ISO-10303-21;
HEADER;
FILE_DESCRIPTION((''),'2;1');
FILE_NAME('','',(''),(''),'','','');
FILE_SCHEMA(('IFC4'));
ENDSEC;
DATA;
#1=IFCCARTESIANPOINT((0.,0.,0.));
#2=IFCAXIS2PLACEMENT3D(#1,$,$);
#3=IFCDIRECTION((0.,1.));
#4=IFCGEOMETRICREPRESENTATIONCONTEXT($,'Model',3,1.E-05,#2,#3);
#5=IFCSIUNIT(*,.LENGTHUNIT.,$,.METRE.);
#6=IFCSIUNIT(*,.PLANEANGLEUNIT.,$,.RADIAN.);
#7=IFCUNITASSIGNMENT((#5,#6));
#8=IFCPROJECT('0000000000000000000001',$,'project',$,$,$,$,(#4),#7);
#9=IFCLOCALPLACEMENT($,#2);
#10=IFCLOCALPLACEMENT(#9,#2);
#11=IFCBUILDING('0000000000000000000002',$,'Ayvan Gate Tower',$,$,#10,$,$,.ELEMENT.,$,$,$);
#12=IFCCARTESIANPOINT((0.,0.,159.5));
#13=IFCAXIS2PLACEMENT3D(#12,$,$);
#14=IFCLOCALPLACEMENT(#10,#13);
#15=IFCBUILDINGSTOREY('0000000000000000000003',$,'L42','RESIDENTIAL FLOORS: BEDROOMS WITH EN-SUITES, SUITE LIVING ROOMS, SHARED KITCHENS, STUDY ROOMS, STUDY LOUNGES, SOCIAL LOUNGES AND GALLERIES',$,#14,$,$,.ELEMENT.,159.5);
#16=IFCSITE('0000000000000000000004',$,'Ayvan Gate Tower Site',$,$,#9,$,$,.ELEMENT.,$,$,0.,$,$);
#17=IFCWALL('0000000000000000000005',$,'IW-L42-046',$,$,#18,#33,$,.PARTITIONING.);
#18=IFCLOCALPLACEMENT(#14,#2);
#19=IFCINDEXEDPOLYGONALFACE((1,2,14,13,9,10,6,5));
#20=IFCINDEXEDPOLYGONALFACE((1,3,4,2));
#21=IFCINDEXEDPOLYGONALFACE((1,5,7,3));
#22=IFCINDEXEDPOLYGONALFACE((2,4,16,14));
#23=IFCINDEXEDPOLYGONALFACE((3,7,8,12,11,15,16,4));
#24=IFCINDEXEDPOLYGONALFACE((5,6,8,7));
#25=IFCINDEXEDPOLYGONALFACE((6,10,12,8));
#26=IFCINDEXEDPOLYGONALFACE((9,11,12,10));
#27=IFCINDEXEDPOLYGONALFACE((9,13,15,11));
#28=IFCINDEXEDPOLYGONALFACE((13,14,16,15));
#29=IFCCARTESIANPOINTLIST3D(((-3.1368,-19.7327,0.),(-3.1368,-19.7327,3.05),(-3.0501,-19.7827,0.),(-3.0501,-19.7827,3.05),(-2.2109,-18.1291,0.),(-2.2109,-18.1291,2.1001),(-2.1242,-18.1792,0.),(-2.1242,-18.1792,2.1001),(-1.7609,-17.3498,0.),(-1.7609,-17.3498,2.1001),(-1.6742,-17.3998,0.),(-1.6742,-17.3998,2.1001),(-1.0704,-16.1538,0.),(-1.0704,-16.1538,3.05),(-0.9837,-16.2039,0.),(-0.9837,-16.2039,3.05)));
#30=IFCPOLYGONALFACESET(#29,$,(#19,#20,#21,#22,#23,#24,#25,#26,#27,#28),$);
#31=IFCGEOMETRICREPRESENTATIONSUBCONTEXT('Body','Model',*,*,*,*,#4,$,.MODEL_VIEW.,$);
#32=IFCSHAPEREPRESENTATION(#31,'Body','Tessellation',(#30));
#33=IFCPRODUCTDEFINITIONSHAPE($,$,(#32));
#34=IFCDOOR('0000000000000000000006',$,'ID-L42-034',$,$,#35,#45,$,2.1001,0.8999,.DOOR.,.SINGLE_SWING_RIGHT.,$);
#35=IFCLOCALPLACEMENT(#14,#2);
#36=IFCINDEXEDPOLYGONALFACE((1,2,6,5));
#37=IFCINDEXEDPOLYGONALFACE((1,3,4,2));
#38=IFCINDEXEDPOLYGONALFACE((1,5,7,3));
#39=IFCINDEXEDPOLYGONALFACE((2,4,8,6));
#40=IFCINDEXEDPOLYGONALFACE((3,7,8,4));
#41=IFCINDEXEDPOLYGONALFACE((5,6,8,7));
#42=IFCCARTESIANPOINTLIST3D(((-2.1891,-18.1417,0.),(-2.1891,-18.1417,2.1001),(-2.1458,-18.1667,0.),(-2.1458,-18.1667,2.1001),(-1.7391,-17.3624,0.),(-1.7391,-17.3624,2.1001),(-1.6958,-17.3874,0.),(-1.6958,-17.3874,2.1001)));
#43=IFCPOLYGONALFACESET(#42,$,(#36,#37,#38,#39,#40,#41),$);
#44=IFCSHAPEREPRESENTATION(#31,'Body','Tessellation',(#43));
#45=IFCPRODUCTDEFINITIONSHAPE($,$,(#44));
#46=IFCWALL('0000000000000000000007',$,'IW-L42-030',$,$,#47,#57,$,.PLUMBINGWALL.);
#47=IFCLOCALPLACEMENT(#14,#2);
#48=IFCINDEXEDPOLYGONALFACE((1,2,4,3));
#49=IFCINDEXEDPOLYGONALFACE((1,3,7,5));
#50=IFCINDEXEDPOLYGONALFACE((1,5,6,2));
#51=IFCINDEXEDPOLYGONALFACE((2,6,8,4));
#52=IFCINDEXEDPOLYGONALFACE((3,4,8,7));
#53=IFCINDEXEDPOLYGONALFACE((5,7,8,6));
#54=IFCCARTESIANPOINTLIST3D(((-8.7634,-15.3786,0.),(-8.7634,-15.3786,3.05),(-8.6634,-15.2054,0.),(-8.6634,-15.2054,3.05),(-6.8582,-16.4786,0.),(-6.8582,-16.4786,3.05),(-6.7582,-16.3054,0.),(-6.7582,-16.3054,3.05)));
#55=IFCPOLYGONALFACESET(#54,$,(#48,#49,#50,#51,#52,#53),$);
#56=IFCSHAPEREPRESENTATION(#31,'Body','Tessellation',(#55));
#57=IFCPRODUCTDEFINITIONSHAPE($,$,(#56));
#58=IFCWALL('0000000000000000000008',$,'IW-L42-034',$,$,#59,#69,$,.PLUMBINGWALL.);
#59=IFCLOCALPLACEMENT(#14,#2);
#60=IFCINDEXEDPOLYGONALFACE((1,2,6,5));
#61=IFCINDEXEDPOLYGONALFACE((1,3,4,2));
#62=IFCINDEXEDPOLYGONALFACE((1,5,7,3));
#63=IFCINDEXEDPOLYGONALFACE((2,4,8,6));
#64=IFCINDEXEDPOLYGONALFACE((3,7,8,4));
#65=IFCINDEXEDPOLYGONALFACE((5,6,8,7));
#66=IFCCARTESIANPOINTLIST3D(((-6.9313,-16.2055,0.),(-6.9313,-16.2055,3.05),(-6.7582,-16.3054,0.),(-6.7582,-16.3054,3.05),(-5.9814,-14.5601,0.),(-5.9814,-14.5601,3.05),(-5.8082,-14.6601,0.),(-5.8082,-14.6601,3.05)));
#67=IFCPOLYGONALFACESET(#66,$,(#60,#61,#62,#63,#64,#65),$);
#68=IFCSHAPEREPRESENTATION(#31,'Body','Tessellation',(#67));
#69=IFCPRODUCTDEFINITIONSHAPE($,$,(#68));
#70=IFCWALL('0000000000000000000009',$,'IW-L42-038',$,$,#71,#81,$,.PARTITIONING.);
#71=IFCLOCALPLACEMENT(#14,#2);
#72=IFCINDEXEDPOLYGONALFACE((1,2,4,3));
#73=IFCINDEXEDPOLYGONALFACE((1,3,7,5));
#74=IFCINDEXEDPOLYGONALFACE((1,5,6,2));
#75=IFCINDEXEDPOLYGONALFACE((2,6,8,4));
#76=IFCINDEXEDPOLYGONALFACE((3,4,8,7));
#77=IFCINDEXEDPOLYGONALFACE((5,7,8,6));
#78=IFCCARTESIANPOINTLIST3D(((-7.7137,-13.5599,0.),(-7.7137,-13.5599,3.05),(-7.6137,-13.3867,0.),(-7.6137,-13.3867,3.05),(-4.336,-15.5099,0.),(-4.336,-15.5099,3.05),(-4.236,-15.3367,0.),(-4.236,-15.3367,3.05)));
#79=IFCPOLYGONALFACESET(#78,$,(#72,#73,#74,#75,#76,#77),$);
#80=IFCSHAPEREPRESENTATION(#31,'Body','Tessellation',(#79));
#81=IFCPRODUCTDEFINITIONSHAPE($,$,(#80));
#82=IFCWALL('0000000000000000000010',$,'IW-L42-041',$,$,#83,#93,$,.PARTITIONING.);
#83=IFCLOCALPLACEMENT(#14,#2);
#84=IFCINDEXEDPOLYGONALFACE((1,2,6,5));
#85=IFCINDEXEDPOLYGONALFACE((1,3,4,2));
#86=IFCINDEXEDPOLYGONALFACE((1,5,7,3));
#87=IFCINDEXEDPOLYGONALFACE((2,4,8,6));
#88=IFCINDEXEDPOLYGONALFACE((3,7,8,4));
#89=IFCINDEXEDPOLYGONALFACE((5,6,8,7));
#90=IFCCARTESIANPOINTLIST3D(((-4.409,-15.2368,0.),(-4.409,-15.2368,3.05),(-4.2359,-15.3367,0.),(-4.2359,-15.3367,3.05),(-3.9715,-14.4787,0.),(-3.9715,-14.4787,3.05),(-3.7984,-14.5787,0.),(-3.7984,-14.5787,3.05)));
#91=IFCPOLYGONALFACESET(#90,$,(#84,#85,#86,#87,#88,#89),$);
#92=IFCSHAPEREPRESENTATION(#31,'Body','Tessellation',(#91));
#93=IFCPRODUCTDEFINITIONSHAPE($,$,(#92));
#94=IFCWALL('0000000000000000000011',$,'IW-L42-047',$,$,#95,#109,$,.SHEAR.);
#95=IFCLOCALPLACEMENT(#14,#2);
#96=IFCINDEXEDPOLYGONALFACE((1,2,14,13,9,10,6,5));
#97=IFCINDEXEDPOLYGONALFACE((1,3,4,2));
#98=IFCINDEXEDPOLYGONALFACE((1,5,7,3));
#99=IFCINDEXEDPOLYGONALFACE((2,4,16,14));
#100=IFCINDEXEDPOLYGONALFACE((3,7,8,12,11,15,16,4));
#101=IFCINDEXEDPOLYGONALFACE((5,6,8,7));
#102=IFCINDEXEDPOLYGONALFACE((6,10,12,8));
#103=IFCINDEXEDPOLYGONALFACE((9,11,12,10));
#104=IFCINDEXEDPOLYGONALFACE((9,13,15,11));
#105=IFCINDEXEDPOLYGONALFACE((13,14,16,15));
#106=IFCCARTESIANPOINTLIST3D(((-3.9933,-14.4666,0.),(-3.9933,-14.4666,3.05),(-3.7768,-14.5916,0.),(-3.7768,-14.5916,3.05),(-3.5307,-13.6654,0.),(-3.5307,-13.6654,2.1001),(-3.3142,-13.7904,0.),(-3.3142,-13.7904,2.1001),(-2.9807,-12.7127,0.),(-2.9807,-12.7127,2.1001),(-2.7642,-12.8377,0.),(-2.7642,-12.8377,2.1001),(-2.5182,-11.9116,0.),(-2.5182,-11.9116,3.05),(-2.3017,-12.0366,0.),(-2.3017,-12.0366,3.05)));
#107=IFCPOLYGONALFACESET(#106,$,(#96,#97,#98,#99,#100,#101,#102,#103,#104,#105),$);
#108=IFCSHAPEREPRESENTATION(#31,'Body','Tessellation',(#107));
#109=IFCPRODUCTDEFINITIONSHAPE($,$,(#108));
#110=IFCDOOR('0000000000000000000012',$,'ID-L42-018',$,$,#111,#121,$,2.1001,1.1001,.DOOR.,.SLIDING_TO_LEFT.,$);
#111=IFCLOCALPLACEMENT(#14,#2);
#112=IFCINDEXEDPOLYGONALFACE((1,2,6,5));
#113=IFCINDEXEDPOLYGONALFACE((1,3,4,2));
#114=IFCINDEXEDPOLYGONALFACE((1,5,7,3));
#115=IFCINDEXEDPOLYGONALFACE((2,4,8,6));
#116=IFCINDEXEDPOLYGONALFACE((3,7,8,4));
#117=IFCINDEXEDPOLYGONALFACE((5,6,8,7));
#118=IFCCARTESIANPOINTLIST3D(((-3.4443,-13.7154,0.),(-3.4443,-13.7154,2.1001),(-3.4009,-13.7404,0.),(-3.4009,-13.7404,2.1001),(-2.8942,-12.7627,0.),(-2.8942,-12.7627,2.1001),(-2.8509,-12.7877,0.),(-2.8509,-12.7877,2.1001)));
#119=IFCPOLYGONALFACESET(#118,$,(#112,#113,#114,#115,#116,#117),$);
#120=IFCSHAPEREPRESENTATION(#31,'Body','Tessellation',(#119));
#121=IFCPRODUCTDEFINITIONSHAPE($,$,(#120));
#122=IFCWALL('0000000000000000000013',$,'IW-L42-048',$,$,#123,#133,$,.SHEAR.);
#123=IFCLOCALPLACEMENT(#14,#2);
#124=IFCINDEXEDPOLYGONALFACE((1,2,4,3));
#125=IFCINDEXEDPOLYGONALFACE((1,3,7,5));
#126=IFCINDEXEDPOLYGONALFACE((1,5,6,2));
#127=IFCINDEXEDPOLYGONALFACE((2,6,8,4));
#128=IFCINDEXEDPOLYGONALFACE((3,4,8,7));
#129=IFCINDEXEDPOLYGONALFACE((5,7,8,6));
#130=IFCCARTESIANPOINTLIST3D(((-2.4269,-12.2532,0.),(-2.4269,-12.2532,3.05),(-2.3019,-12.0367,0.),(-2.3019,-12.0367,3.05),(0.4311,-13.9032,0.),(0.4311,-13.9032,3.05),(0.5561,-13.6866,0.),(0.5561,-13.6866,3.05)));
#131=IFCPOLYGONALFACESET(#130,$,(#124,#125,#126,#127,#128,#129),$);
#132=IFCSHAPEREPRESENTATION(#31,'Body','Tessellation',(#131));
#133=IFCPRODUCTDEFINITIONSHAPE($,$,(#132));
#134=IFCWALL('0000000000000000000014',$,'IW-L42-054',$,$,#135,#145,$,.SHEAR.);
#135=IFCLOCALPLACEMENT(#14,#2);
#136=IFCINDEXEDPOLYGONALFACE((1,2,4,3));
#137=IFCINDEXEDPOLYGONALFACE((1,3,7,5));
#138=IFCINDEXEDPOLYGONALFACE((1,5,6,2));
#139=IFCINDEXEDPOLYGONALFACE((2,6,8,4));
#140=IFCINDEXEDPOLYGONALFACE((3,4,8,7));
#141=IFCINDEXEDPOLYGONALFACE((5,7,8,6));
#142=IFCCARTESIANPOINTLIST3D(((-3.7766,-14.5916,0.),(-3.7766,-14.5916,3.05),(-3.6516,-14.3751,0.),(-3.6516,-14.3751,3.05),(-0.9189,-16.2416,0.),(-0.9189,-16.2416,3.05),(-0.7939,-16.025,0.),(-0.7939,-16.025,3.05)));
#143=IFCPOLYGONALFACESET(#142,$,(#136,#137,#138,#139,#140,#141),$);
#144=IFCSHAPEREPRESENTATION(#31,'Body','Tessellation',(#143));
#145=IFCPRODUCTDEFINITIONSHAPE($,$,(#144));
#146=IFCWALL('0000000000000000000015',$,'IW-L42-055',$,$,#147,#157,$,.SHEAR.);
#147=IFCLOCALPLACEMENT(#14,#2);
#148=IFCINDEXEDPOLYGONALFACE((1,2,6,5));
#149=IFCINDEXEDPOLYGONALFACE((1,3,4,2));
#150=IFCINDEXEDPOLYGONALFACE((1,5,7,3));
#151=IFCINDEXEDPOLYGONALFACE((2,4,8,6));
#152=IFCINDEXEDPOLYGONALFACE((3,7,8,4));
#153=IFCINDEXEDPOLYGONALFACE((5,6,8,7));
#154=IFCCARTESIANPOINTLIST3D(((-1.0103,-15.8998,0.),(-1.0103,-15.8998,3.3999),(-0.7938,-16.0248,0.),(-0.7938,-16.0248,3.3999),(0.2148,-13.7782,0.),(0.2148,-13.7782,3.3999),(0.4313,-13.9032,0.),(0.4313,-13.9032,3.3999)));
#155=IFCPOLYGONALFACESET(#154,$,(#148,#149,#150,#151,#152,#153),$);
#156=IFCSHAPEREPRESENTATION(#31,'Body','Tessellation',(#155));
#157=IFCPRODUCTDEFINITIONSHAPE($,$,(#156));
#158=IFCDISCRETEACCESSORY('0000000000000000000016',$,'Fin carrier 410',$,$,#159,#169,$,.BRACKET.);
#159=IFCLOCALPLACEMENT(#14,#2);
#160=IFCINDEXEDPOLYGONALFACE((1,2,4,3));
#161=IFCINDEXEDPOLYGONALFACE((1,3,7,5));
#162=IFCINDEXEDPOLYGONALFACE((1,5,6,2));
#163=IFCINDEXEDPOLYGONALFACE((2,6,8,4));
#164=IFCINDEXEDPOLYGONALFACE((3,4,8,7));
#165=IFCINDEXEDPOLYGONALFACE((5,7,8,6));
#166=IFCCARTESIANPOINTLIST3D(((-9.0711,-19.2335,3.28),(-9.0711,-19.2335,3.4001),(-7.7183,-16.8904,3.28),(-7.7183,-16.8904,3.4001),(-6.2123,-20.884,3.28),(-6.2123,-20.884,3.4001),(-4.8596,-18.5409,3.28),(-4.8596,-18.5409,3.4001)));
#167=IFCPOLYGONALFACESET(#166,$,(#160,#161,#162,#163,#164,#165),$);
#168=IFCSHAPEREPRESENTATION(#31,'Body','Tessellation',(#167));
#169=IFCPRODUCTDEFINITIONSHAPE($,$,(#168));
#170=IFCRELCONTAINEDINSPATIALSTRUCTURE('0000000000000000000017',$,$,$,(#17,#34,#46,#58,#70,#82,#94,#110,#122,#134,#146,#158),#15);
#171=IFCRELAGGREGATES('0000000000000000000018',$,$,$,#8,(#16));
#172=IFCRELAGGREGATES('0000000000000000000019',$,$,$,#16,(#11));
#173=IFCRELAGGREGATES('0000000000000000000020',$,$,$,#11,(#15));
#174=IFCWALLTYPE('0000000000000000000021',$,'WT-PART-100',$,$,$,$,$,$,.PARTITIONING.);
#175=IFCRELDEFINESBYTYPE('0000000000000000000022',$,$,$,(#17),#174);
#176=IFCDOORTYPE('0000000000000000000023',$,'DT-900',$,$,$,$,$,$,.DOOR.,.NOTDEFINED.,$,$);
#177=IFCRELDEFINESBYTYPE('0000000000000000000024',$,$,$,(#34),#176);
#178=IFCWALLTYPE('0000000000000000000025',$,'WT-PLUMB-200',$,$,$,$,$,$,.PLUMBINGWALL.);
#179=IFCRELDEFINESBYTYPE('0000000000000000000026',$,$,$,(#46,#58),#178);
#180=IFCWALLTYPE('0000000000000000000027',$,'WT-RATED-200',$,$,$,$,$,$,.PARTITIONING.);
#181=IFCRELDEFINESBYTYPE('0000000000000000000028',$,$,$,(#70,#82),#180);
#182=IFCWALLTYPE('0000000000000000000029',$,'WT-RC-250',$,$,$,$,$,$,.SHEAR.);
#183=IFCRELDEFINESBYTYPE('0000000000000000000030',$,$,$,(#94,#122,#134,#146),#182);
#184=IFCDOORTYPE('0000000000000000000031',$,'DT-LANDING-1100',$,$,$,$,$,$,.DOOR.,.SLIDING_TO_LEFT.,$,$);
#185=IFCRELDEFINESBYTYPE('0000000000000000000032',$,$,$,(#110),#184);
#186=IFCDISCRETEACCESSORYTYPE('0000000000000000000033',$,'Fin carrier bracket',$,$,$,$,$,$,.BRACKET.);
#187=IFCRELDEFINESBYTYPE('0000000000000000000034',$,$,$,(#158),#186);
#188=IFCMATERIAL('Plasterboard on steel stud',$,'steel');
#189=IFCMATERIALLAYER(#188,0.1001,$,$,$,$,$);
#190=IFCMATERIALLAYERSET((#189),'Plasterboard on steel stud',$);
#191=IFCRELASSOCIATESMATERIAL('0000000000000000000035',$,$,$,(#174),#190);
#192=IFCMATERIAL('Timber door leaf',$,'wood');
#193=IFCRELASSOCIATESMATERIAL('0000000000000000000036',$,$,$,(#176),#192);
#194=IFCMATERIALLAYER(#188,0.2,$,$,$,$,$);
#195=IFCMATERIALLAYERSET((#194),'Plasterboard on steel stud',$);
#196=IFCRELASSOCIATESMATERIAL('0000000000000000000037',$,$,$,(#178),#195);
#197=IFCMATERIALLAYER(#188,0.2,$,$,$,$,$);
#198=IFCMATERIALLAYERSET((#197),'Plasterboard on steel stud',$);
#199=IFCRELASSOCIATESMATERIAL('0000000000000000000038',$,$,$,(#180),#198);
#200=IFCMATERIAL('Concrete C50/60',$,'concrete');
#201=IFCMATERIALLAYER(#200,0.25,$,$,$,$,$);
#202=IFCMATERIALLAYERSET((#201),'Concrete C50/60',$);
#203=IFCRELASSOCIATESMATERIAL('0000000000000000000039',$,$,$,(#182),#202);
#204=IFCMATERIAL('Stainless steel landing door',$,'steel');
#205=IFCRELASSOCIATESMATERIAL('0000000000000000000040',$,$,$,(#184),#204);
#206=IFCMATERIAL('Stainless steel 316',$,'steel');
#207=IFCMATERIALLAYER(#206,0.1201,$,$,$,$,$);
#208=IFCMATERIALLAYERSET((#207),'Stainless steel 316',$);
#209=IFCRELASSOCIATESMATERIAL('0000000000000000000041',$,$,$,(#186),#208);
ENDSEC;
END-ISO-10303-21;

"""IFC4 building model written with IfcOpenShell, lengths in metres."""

from ifc_helpers import new_model, si_unit, direction, frame, frame_2d, origin, origin_2d, place, context, subcontext, project, spatial, rectangle, extrude, material, layer, layer_set, type_object, element, fill, save


model = new_model("IFC4")

# Units and contexts
model_context = context("Model", 3, precision=1e-05, world=origin(), true_north=direction((0.0, 1.0)))
body_context = subcontext(model_context, "Body", "Model", "MODEL_VIEW")
ifc_project = project(units=[si_unit("LENGTHUNIT", "METRE"), si_unit("PLANEANGLEUNIT", "RADIAN")], contexts=[model_context])

# Site, building, storey
site_placement = place(None, origin())
site = spatial("IfcSite", under=ifc_project, at=site_placement, Name="Ayvan Gate Tower Site", CompositionType="ELEMENT", RefElevation=0.0)
building_placement = place(site_placement, origin())
building = spatial("IfcBuilding", under=site, at=building_placement, Name="Ayvan Gate Tower", CompositionType="ELEMENT")
storey_placement = place(building_placement, frame((0.0, 0.0, 159.5)))
storey = spatial("IfcBuildingStorey", under=building, at=storey_placement, Name="L42", Description="RESIDENTIAL FLOORS: BEDROOMS WITH EN-SUITES, SUITE LIVING ROOMS, SHARED KITCHENS, STUDY ROOMS, STUDY LOUNGES, SOCIAL LOUNGES AND GALLERIES", CompositionType="ELEMENT", Elevation=159.5)

# Wall, opening, door
ifc_material_1 = material(Name="Plasterboard on steel stud", Category="steel")
ifc_layer_1 = layer(ifc_material_1, 0.1001)
ifc_layer_set_1 = layer_set([ifc_layer_1], Name="Plasterboard on steel stud")
wall_type_1 = type_object("IfcWallType", Name="WT-PART-100", PredefinedType="PARTITIONING", material=ifc_layer_set_1)
wall_1_placement = place(storey_placement, frame((-3.0935, -19.7578, 0.0), z_axis=(0.0, 0.0, 1.0), x_axis=(0.500028, 0.866009, 0.0)))
wall_1 = element("IfcWall", 1, at=wall_1_placement, inside=storey, type_object=wall_type_1, Name="IW-L42-046", PredefinedType="PARTITIONING", context=body_context, shape_type="SweptSolid", body=[
    extrude(rectangle(XDim=4.1326, YDim=0.1001, at=frame_2d((2.0664, 0.0))), origin(), (0.0, 0.0, 1.0), 3.05),
])
opening_1_placement = place(wall_1_placement, frame((1.8518, 0.0, 0.0)))
opening_1 = element("IfcOpeningElement", 2, at=opening_1_placement, cuts=wall_1, PredefinedType="OPENING", context=body_context, shape_type="SweptSolid", body=[
    extrude(rectangle(XDim=0.8999, YDim=2.1001, at=frame_2d((0.45, 1.05))), frame((0.0, 0.0601, 0.0), z_axis=(0.0, -1.0, 0.0), x_axis=(1.0, 0.0, 0.0)), (0.0, 0.0, 1.0), 0.1201),
])
ifc_material_2 = material(Name="Timber door leaf", Category="wood")
door_type_1 = type_object("IfcDoorType", Name="DT-900", OperationType="NOTDEFINED", PredefinedType="DOOR", material=ifc_material_2)
door_1_placement = place(opening_1_placement, origin())
door_1 = element("IfcDoor", 3, at=door_1_placement, inside=storey, type_object=door_type_1, Name="ID-L42-034", OperationType="SINGLE_SWING_RIGHT", OverallHeight=2.1001, OverallWidth=0.8999, PredefinedType="DOOR", context=body_context, shape_type="SweptSolid", body=[
    extrude(rectangle(XDim=0.8999, YDim=2.1001, at=frame_2d((0.45, 1.05))), frame((0.0, 0.0249, 0.0), z_axis=(0.0, -1.0, 0.0), x_axis=(1.0, 0.0, 0.0)), (0.0, 0.0, 1.0), 0.05),
])
fill(opening_1, door_1)

# Walls
ifc_layer_2 = layer(ifc_material_1, 0.2)
ifc_layer_set_2 = layer_set([ifc_layer_2], Name="Plasterboard on steel stud")
wall_type_2 = type_object("IfcWallType", Name="WT-PLUMB-200", PredefinedType="PLUMBINGWALL", material=ifc_layer_set_2)
wall_2_placement = place(storey_placement, frame((-6.8081, -16.3921, 0.0), z_axis=(0.0, 0.0, 1.0), x_axis=(-0.866008, 0.50003, 0.0)))
element("IfcWall", 4, at=wall_2_placement, inside=storey, type_object=wall_type_2, Name="IW-L42-030", PredefinedType="PLUMBINGWALL", context=body_context, shape_type="SweptSolid", body=[
    extrude(rectangle(XDim=2.2, YDim=0.2, at=frame_2d((1.1001, 0.0))), origin(), (0.0, 0.0, 1.0), 3.05),
])
wall_3_placement = place(storey_placement, frame((-5.8948, -14.6101, 0.0), z_axis=(0.0, 0.0, 1.0), x_axis=(-0.500023, -0.866012, 0.0)))
element("IfcWall", 5, at=wall_3_placement, inside=storey, type_object=wall_type_2, Name="IW-L42-034", PredefinedType="PLUMBINGWALL", context=body_context, shape_type="SweptSolid", body=[
    extrude(rectangle(XDim=1.8999, YDim=0.2, at=frame_2d((0.95, 0.0))), origin(), (0.0, 0.0, 1.0), 3.05),
])
ifc_layer_3 = layer(ifc_material_1, 0.2)
ifc_layer_set_3 = layer_set([ifc_layer_3], Name="Plasterboard on steel stud")
wall_type_3 = type_object("IfcWallType", Name="WT-RATED-200", PredefinedType="PARTITIONING", material=ifc_layer_set_3)
wall_4_placement = place(storey_placement, frame((-4.2859, -15.4233, 0.0), z_axis=(0.0, 0.0, 1.0), x_axis=(-0.866043, 0.49997, 0.0)))
element("IfcWall", 6, at=wall_4_placement, inside=storey, type_object=wall_type_3, Name="IW-L42-038", PredefinedType="PARTITIONING", context=body_context, shape_type="SweptSolid", body=[
    extrude(rectangle(XDim=3.9001, YDim=0.2, at=frame_2d((1.9502, 0.0))), origin(), (0.0, 0.0, 1.0), 3.05),
])
wall_5_placement = place(storey_placement, frame((-3.885, -14.5288, 0.0), z_axis=(0.0, 0.0, 1.0), x_axis=(-0.499859, -0.866107, 0.0)))
element("IfcWall", 7, at=wall_5_placement, inside=storey, type_object=wall_type_3, Name="IW-L42-041", PredefinedType="PARTITIONING", context=body_context, shape_type="SweptSolid", body=[
    extrude(rectangle(XDim=0.8752, YDim=0.2, at=frame_2d((0.4375, 0.0))), origin(), (0.0, 0.0, 1.0), 3.05),
])

# Wall, opening, door
ifc_material_3 = material(Name="Concrete C50/60", Category="concrete")
ifc_layer_4 = layer(ifc_material_3, 0.25)
ifc_layer_set_4 = layer_set([ifc_layer_4], Name="Concrete C50/60")
wall_type_4 = type_object("IfcWallType", Name="WT-RC-250", PredefinedType="SHEAR", material=ifc_layer_set_4)
wall_6_placement = place(storey_placement, frame((-2.4099, -11.9741, 0.0), z_axis=(0.0, 0.0, 1.0), x_axis=(-0.500002, -0.866024, 0.0)))
wall_6 = element("IfcWall", 8, at=wall_6_placement, inside=storey, type_object=wall_type_4, Name="IW-L42-047", PredefinedType="SHEAR", context=body_context, shape_type="SweptSolid", body=[
    extrude(rectangle(XDim=2.9502, YDim=0.25, at=frame_2d((1.4751, 0.0))), origin(), (0.0, 0.0, 1.0), 3.05),
])
opening_2_placement = place(wall_6_placement, frame((0.925, 0.0, 0.0)))
opening_2 = element("IfcOpeningElement", 9, at=opening_2_placement, cuts=wall_6, PredefinedType="OPENING", context=body_context, shape_type="SweptSolid", body=[
    extrude(rectangle(XDim=1.1001, YDim=2.1001, at=frame_2d((0.55, 1.05))), frame((0.0, 0.135, 0.0), z_axis=(0.0, -1.0, 0.0), x_axis=(1.0, 0.0, 0.0)), (0.0, 0.0, 1.0), 0.27),
])
ifc_material_4 = material(Name="Stainless steel landing door", Category="steel")
door_type_2 = type_object("IfcDoorType", Name="DT-LANDING-1100", OperationType="SLIDING_TO_LEFT", PredefinedType="DOOR", material=ifc_material_4)
door_2_placement = place(opening_2_placement, origin())
door_2 = element("IfcDoor", 10, at=door_2_placement, inside=storey, type_object=door_type_2, Name="ID-L42-018", OperationType="SLIDING_TO_LEFT", OverallHeight=2.1001, OverallWidth=1.1001, PredefinedType="DOOR", context=body_context, shape_type="SweptSolid", body=[
    extrude(rectangle(XDim=1.1001, YDim=2.1001, at=frame_2d((0.55, 1.05))), frame((0.0, 0.0249, 0.0), z_axis=(0.0, -1.0, 0.0), x_axis=(1.0, 0.0, 0.0)), (0.0, 0.0, 1.0), 0.05),
])
fill(opening_2, door_2)

# Walls
wall_7_placement = place(storey_placement, frame((-2.3643, -12.145, 0.0), z_axis=(0.0, 0.0, 1.0), x_axis=(0.86604, -0.499974, 0.0)))
element("IfcWall", 11, at=wall_7_placement, inside=storey, type_object=wall_type_4, Name="IW-L42-048", PredefinedType="SHEAR", context=body_context, shape_type="SweptSolid", body=[
    extrude(rectangle(XDim=3.3, YDim=0.25, at=frame_2d((1.6499, 0.0))), origin(), (0.0, 0.0, 1.0), 3.05),
])
wall_8_placement = place(storey_placement, frame((-0.8564, -16.1333, 0.0), z_axis=(0.0, 0.0, 1.0), x_axis=(-0.866022, 0.500006, 0.0)))
element("IfcWall", 12, at=wall_8_placement, inside=storey, type_object=wall_type_4, Name="IW-L42-054", PredefinedType="SHEAR", context=body_context, shape_type="SweptSolid", body=[
    extrude(rectangle(XDim=3.2998, YDim=0.25, at=frame_2d((1.6499, 0.0))), origin(), (0.0, 0.0, 1.0), 3.05),
])
wall_9_placement = place(storey_placement, frame((-0.9021, -15.9624, 0.0), z_axis=(0.0, 0.0, 1.0), x_axis=(0.500062, 0.86599, 0.0)))
element("IfcWall", 13, at=wall_9_placement, inside=storey, type_object=wall_type_4, Name="IW-L42-055", PredefinedType="SHEAR", context=body_context, shape_type="SweptSolid", body=[
    extrude(rectangle(XDim=2.45, YDim=0.25, at=frame_2d((1.2251, 0.0))), origin(), (0.0, 0.0, 1.0), 3.3999),
])

# Discrete accessory
ifc_material_5 = material(Name="Stainless steel 316", Category="steel")
ifc_layer_5 = layer(ifc_material_5, 0.1201)
ifc_layer_set_5 = layer_set([ifc_layer_5], Name="Stainless steel 316")
discrete_accessory_type = type_object("IfcDiscreteAccessoryType", Name="Fin carrier bracket", PredefinedType="BRACKET", material=ifc_layer_set_5)
discrete_accessory_1_placement = place(storey_placement, frame((-6.9653, -18.8872, 3.28), z_axis=(0.0, 0.0, 1.0), x_axis=(0.866025, -0.5, 0.0)))
element("IfcDiscreteAccessory", 14, at=discrete_accessory_1_placement, inside=storey, type_object=discrete_accessory_type, Name="Fin carrier 410", PredefinedType="BRACKET", context=body_context, shape_type="SweptSolid", body=[
    extrude(rectangle(XDim=3.301, YDim=2.7056, at=origin_2d()), origin(), (0.0, 0.0, 1.0), 0.1201),
])

save(model, "model.ifc")
